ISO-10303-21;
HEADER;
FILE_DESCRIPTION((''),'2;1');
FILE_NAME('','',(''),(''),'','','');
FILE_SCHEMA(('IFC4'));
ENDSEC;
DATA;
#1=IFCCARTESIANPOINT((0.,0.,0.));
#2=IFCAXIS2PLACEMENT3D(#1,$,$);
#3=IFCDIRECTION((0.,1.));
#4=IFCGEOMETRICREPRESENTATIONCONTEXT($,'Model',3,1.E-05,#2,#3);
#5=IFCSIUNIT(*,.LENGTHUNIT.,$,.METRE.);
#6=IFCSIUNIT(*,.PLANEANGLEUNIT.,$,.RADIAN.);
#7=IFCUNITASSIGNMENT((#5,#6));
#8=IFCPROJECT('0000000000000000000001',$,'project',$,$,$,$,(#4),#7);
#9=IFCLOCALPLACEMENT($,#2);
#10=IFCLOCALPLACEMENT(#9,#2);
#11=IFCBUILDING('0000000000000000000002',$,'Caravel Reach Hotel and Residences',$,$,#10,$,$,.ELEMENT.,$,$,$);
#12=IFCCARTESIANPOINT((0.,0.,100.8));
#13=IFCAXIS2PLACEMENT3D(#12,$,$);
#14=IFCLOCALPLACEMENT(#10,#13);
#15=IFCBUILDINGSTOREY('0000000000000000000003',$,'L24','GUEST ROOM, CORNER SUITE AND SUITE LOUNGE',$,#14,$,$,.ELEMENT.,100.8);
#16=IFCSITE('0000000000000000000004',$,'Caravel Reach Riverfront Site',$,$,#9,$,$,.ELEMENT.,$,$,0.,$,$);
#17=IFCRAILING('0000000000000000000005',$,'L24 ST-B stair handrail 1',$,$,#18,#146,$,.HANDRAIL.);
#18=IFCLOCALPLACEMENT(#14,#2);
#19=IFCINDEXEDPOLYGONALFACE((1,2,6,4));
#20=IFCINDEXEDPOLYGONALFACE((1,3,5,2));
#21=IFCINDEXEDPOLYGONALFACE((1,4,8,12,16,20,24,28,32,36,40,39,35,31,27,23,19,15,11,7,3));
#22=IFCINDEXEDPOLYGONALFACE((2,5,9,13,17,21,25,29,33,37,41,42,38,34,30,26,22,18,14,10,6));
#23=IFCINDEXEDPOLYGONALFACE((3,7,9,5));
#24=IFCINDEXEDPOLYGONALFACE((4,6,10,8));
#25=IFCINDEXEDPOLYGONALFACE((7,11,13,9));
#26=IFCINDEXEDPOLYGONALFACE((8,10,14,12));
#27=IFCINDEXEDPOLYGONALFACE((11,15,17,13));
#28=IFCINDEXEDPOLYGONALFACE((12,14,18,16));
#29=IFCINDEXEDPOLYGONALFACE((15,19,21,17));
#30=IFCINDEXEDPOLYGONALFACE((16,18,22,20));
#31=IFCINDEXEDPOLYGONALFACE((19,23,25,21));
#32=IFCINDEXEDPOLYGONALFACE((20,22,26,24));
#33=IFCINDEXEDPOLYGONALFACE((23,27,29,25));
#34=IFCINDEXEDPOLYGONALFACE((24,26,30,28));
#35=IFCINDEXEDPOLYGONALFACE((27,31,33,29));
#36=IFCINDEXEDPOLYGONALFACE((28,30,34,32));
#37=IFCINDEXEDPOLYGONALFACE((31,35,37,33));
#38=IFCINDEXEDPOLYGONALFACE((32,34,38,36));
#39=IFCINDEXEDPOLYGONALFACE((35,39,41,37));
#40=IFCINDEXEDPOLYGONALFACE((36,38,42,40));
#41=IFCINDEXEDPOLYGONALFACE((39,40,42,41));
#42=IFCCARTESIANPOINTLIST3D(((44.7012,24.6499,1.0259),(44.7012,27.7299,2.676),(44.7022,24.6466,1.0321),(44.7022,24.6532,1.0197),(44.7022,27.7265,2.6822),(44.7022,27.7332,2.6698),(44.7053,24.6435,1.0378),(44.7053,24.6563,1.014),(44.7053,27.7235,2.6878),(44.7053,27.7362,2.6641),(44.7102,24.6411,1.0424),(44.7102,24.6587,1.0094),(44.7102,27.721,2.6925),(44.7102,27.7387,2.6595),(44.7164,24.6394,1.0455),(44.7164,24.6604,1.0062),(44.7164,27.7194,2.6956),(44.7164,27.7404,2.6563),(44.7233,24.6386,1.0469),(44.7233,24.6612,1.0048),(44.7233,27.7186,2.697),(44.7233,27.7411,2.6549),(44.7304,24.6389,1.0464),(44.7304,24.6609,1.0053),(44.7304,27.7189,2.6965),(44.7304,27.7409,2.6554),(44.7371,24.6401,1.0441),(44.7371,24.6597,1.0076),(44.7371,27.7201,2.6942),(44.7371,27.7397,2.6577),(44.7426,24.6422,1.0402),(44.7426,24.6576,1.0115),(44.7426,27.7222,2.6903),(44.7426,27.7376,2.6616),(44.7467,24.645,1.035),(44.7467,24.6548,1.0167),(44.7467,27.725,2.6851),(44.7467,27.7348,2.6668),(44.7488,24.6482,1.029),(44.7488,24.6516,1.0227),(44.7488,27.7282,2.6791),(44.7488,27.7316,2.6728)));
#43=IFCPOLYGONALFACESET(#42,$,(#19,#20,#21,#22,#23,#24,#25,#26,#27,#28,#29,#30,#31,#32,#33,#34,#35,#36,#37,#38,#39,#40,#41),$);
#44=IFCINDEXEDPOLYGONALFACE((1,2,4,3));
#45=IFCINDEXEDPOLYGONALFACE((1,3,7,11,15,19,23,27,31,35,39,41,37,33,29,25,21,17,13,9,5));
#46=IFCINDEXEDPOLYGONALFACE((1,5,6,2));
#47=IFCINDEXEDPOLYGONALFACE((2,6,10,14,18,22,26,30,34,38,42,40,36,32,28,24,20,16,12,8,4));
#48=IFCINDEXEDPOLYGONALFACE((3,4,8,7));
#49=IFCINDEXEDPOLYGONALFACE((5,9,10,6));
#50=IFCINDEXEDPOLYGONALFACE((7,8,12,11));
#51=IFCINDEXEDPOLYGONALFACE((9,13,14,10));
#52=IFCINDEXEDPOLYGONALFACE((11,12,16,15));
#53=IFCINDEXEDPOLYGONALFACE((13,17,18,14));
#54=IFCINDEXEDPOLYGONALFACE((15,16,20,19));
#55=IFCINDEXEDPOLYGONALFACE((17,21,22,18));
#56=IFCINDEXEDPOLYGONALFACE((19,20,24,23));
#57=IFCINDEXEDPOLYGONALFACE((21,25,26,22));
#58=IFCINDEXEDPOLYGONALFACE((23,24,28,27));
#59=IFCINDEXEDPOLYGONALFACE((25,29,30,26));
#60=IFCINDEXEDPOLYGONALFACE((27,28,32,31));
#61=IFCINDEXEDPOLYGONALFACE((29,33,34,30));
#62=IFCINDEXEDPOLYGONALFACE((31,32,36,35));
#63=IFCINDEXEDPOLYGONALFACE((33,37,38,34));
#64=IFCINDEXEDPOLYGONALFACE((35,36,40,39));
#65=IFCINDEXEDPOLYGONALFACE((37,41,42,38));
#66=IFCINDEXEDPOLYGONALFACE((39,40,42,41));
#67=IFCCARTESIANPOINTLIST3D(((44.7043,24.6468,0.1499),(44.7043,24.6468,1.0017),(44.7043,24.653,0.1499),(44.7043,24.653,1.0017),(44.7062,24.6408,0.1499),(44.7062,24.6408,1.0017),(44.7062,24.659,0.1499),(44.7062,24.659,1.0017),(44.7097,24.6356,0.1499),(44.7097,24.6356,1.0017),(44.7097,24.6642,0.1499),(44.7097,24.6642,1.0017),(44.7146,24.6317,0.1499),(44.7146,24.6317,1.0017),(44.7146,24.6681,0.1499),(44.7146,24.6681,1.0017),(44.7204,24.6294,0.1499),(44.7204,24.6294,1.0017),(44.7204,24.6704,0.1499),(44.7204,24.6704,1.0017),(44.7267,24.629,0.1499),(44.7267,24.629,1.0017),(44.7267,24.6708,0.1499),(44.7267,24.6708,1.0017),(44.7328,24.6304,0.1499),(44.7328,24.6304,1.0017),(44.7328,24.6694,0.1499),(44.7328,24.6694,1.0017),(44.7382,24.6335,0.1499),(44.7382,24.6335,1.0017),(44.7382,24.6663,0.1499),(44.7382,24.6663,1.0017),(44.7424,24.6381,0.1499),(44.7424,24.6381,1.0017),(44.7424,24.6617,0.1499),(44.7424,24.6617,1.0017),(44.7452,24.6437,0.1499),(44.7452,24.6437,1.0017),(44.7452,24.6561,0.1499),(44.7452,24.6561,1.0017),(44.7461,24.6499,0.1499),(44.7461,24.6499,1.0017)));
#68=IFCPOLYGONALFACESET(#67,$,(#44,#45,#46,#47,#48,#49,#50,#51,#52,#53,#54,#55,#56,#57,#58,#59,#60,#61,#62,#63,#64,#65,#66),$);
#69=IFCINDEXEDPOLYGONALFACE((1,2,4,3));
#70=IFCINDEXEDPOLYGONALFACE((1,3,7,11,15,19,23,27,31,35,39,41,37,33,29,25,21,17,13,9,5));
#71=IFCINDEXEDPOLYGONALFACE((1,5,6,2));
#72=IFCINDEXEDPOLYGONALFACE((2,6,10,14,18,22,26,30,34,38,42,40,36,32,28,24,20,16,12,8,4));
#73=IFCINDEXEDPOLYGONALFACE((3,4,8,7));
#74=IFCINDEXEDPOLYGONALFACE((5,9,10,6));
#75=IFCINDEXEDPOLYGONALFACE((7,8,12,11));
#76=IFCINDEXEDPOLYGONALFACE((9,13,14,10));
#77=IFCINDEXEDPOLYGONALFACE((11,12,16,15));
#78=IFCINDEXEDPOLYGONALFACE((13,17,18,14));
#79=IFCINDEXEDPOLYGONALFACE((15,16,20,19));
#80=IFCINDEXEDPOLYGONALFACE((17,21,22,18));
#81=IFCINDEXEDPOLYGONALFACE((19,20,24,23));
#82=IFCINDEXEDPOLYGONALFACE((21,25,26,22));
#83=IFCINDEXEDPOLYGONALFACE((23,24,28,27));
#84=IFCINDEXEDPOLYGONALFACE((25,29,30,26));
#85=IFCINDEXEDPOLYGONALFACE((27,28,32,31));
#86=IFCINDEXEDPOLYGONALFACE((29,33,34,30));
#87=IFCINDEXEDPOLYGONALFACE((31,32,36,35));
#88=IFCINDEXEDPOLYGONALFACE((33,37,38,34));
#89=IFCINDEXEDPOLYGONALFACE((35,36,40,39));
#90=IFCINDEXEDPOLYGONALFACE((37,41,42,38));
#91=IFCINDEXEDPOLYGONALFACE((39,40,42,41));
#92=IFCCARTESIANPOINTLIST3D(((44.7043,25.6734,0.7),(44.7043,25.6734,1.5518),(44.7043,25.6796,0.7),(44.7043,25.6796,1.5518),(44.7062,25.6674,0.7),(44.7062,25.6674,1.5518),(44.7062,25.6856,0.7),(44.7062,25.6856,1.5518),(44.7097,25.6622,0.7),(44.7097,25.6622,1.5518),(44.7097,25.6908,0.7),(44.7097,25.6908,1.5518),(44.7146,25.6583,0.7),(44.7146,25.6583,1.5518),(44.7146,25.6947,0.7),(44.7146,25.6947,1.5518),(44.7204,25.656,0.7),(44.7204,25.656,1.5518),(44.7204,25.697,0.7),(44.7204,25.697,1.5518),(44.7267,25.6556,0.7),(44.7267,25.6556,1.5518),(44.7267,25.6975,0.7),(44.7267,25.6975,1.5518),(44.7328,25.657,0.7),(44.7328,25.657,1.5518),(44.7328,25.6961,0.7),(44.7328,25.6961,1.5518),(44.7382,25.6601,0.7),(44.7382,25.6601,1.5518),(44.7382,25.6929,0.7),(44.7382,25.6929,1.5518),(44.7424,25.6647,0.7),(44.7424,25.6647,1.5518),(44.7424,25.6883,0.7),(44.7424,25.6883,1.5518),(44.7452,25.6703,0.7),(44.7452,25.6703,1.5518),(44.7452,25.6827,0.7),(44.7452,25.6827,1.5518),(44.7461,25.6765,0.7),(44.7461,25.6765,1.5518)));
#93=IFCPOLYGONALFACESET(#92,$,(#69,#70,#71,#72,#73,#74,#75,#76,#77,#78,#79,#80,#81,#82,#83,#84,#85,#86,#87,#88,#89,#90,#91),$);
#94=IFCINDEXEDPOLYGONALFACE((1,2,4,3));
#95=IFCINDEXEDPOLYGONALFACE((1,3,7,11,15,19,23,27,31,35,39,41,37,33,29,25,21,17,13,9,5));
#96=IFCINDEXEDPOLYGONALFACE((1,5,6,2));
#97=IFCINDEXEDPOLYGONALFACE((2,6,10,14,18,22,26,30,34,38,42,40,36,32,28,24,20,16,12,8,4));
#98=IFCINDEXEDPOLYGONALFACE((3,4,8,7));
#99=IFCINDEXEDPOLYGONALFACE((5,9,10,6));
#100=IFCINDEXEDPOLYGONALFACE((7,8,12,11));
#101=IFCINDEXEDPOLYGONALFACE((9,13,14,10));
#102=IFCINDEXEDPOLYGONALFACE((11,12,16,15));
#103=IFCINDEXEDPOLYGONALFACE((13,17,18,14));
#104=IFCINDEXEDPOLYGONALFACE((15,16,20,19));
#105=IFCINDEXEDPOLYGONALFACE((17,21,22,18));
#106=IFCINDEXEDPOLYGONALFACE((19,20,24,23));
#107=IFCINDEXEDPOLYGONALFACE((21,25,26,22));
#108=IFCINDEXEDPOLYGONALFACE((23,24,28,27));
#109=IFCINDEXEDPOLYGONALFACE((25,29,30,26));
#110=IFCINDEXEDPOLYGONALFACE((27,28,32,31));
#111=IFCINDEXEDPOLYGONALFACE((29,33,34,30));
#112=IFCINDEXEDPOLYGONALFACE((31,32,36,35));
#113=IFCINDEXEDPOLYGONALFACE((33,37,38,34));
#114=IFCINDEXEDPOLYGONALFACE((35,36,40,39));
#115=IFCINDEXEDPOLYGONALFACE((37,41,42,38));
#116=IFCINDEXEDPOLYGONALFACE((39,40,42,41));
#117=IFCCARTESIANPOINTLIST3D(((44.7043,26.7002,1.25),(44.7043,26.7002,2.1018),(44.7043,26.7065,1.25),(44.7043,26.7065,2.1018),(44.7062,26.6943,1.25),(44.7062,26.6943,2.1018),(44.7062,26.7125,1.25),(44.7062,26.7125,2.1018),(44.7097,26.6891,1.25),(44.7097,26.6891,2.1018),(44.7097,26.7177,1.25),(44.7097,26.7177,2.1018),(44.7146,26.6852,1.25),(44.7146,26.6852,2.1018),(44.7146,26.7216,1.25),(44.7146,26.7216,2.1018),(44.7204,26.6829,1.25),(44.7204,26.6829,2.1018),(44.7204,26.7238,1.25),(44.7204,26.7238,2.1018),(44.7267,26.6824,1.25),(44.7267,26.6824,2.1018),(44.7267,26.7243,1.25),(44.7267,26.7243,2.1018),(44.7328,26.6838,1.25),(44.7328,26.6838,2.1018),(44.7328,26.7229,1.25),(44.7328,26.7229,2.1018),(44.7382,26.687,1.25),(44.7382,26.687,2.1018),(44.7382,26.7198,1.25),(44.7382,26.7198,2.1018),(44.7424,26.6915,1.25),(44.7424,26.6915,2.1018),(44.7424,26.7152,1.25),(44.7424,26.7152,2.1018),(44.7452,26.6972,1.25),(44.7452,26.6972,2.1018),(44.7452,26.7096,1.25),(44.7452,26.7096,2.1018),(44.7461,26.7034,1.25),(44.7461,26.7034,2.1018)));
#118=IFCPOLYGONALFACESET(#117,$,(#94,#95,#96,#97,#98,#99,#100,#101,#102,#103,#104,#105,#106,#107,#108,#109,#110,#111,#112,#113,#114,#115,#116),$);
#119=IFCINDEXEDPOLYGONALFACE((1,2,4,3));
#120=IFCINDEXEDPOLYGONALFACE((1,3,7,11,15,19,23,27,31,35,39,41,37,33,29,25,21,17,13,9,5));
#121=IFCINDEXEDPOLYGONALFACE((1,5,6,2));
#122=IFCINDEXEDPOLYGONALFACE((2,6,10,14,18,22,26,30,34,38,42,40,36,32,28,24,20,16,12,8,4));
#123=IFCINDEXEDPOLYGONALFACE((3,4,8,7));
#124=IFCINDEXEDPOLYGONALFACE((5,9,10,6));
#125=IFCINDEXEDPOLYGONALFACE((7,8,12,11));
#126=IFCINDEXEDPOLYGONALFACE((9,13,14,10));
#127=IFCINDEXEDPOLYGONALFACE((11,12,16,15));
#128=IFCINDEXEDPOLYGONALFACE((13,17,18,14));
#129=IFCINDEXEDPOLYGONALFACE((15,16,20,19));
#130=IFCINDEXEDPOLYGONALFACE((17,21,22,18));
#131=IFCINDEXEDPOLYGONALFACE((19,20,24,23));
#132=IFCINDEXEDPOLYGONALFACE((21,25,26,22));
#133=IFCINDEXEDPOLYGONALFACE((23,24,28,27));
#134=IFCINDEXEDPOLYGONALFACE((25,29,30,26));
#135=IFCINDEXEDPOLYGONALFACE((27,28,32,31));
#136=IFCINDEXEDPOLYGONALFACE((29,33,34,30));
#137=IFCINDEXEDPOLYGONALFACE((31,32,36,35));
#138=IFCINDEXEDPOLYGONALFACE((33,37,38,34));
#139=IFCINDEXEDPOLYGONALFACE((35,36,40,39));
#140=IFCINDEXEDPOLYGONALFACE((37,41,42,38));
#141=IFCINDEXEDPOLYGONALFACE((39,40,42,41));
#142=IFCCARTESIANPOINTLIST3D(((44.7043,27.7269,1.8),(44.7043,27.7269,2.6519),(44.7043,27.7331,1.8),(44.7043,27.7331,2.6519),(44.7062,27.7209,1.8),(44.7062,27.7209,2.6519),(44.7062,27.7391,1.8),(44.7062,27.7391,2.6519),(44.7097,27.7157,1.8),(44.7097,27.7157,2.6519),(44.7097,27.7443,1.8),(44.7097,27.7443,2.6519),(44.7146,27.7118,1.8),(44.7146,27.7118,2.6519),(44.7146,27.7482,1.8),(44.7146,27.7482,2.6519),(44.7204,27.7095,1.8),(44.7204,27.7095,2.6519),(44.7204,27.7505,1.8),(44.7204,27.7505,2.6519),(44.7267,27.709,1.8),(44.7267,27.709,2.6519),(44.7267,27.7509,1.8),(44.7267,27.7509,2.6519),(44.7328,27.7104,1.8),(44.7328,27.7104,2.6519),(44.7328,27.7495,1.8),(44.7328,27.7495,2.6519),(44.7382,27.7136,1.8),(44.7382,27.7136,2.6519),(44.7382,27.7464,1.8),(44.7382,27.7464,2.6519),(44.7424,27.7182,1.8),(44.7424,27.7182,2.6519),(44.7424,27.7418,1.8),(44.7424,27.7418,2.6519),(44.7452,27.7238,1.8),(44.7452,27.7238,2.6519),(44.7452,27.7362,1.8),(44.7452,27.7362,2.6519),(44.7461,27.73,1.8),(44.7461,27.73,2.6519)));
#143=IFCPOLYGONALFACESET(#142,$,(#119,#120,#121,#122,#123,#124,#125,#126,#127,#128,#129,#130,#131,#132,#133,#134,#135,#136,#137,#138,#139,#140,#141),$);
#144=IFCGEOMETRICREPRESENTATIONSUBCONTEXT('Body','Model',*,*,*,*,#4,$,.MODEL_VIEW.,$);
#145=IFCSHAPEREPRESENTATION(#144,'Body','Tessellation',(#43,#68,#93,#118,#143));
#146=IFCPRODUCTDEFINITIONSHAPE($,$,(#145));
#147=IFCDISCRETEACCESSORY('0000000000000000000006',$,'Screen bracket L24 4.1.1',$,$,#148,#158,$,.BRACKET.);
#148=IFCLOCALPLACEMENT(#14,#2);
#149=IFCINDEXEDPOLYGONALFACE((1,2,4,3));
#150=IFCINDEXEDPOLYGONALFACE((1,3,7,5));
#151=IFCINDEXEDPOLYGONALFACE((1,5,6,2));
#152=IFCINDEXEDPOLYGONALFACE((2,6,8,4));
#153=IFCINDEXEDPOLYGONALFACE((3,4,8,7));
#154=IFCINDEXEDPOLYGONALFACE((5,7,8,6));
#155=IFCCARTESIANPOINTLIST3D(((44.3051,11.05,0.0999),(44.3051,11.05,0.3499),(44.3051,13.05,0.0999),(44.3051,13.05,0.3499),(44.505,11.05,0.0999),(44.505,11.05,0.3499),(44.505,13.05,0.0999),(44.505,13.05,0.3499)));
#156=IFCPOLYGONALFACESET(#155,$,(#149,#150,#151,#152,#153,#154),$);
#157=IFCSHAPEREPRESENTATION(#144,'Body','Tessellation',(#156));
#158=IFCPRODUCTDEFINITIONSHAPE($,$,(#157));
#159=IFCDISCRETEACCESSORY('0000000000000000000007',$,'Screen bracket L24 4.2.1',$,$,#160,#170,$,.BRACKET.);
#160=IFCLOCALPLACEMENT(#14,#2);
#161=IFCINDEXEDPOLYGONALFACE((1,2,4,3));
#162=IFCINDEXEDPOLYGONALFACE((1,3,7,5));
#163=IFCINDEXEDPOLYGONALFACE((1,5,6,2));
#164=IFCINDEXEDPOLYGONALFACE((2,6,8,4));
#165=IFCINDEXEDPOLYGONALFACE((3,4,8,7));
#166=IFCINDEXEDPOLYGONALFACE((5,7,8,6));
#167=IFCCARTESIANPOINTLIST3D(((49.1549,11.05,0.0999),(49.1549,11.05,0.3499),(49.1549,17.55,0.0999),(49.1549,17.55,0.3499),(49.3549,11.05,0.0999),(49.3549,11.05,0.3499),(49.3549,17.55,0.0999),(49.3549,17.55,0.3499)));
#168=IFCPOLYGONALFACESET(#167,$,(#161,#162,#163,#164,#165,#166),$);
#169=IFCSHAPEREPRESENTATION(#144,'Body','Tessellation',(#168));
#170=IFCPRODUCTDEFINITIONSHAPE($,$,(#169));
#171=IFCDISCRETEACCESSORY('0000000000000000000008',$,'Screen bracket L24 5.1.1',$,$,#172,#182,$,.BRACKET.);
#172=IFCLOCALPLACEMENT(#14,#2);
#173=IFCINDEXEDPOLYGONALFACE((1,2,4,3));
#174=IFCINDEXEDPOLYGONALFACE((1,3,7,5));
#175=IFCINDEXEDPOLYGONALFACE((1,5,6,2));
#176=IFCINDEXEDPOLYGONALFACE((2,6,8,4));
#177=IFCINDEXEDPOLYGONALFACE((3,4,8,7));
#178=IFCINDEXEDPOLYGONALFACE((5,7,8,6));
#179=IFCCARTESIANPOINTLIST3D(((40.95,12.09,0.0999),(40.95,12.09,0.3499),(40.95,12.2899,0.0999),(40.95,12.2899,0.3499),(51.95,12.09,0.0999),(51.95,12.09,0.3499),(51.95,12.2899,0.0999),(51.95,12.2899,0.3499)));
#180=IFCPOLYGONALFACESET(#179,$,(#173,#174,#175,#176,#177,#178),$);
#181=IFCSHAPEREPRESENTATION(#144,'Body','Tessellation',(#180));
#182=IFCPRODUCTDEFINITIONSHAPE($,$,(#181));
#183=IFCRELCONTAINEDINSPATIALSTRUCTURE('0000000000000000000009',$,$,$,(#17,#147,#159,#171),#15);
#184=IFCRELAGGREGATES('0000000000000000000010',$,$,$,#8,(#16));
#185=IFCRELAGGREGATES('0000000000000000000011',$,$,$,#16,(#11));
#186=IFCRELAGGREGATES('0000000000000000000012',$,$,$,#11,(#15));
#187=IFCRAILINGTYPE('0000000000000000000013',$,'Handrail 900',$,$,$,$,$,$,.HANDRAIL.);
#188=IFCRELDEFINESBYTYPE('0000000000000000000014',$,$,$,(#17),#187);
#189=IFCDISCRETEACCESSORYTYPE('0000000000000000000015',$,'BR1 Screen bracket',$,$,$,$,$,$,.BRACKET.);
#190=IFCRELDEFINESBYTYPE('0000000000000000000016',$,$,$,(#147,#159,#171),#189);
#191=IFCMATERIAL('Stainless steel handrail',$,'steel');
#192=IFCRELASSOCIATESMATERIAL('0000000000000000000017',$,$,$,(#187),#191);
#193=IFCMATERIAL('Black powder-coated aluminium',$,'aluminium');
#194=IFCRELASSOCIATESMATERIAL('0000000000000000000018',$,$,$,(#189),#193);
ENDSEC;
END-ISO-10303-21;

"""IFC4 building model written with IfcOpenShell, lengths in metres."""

from ifc_helpers import new_model, si_unit, direction, frame, origin, origin_2d, place, context, subcontext, project, spatial, rectangle, circle, extrude, material, type_object, element, save


model = new_model("IFC4")

# Units and contexts
model_context = context("Model", 3, precision=1e-05, world=origin(), true_north=direction((0.0, 1.0)))
body_context = subcontext(model_context, "Body", "Model", "MODEL_VIEW")
ifc_project = project(units=[si_unit("LENGTHUNIT", "METRE"), si_unit("PLANEANGLEUNIT", "RADIAN")], contexts=[model_context])

# Site, building, storey
site_placement = place(None, origin())
site = spatial("IfcSite", under=ifc_project, at=site_placement, Name="Caravel Reach Riverfront Site", CompositionType="ELEMENT", RefElevation=0.0)
building_placement = place(site_placement, origin())
building = spatial("IfcBuilding", under=site, at=building_placement, Name="Caravel Reach Hotel and Residences", CompositionType="ELEMENT")
storey_placement = place(building_placement, frame((0.0, 0.0, 100.8)))
storey = spatial("IfcBuildingStorey", under=building, at=storey_placement, Name="L24", Description="GUEST ROOM, CORNER SUITE AND SUITE LOUNGE", CompositionType="ELEMENT", Elevation=100.8)

# Railing
ifc_material_1 = material(Name="Stainless steel handrail", Category="steel")
railing_type = type_object("IfcRailingType", Name="Handrail 900", PredefinedType="HANDRAIL", material=ifc_material_1)
railing_placement = place(storey_placement, frame((44.7251, 24.6499, 0.1499)))
element("IfcRailing", 1, at=railing_placement, inside=storey, type_object=railing_type, Name="L24 ST-B stair handrail 1", PredefinedType="HANDRAIL", context=body_context, shape_type="SweptSolid", body=[
    extrude(circle(Radius=0.0239, at=origin_2d()), frame((0.0, 0.0, 0.876), z_axis=(0.0, 0.881468, 0.472245), x_axis=(-1.0, 0.0, 0.0)), (0.0, 0.0, 1.0), 3.4941),
    extrude(circle(Radius=0.021, at=origin_2d()), origin(), (0.0, 0.0, 1.0), 0.8518),
    extrude(circle(Radius=0.021, at=origin_2d()), frame((0.0, 1.0266, 0.55)), (0.0, 0.0, 1.0), 0.8518),
    extrude(circle(Radius=0.021, at=origin_2d()), frame((0.0, 2.0535, 1.1001)), (0.0, 0.0, 1.0), 0.8518),
    extrude(circle(Radius=0.021, at=origin_2d()), frame((0.0, 3.0801, 1.6501)), (0.0, 0.0, 1.0), 0.8518),
])

# Discrete accessories
ifc_material_2 = material(Name="Black powder-coated aluminium", Category="aluminium")
discrete_accessory_type = type_object("IfcDiscreteAccessoryType", Name="BR1 Screen bracket", PredefinedType="BRACKET", material=ifc_material_2)
discrete_accessory_1_placement = place(storey_placement, frame((44.405, 12.05, 0.0999), z_axis=(0.0, 0.0, 1.0), x_axis=(0.0, -1.0, 0.0)))
element("IfcDiscreteAccessory", 2, at=discrete_accessory_1_placement, inside=storey, type_object=discrete_accessory_type, Name="Screen bracket L24 4.1.1", PredefinedType="BRACKET", context=body_context, shape_type="SweptSolid", body=[
    extrude(rectangle(XDim=2.0, YDim=0.2, at=origin_2d()), origin(), (0.0, 0.0, 1.0), 0.25),
])
discrete_accessory_2_placement = place(storey_placement, frame((49.2549, 14.3, 0.0999), z_axis=(0.0, 0.0, 1.0), x_axis=(0.0, -1.0, 0.0)))
element("IfcDiscreteAccessory", 3, at=discrete_accessory_2_placement, inside=storey, type_object=discrete_accessory_type, Name="Screen bracket L24 4.2.1", PredefinedType="BRACKET", context=body_context, shape_type="SweptSolid", body=[
    extrude(rectangle(XDim=6.5, YDim=0.2, at=origin_2d()), origin(), (0.0, 0.0, 1.0), 0.25),
])
discrete_accessory_3_placement = place(storey_placement, frame((46.45, 12.1899, 0.0999), z_axis=(0.0, 0.0, 1.0), x_axis=(1.0, 0.0, 0.0)))
element("IfcDiscreteAccessory", 4, at=discrete_accessory_3_placement, inside=storey, type_object=discrete_accessory_type, Name="Screen bracket L24 5.1.1", PredefinedType="BRACKET", context=body_context, shape_type="SweptSolid", body=[
    extrude(rectangle(XDim=11.0, YDim=0.2, at=origin_2d()), origin(), (0.0, 0.0, 1.0), 0.25),
])

save(model, "model.ifc")
